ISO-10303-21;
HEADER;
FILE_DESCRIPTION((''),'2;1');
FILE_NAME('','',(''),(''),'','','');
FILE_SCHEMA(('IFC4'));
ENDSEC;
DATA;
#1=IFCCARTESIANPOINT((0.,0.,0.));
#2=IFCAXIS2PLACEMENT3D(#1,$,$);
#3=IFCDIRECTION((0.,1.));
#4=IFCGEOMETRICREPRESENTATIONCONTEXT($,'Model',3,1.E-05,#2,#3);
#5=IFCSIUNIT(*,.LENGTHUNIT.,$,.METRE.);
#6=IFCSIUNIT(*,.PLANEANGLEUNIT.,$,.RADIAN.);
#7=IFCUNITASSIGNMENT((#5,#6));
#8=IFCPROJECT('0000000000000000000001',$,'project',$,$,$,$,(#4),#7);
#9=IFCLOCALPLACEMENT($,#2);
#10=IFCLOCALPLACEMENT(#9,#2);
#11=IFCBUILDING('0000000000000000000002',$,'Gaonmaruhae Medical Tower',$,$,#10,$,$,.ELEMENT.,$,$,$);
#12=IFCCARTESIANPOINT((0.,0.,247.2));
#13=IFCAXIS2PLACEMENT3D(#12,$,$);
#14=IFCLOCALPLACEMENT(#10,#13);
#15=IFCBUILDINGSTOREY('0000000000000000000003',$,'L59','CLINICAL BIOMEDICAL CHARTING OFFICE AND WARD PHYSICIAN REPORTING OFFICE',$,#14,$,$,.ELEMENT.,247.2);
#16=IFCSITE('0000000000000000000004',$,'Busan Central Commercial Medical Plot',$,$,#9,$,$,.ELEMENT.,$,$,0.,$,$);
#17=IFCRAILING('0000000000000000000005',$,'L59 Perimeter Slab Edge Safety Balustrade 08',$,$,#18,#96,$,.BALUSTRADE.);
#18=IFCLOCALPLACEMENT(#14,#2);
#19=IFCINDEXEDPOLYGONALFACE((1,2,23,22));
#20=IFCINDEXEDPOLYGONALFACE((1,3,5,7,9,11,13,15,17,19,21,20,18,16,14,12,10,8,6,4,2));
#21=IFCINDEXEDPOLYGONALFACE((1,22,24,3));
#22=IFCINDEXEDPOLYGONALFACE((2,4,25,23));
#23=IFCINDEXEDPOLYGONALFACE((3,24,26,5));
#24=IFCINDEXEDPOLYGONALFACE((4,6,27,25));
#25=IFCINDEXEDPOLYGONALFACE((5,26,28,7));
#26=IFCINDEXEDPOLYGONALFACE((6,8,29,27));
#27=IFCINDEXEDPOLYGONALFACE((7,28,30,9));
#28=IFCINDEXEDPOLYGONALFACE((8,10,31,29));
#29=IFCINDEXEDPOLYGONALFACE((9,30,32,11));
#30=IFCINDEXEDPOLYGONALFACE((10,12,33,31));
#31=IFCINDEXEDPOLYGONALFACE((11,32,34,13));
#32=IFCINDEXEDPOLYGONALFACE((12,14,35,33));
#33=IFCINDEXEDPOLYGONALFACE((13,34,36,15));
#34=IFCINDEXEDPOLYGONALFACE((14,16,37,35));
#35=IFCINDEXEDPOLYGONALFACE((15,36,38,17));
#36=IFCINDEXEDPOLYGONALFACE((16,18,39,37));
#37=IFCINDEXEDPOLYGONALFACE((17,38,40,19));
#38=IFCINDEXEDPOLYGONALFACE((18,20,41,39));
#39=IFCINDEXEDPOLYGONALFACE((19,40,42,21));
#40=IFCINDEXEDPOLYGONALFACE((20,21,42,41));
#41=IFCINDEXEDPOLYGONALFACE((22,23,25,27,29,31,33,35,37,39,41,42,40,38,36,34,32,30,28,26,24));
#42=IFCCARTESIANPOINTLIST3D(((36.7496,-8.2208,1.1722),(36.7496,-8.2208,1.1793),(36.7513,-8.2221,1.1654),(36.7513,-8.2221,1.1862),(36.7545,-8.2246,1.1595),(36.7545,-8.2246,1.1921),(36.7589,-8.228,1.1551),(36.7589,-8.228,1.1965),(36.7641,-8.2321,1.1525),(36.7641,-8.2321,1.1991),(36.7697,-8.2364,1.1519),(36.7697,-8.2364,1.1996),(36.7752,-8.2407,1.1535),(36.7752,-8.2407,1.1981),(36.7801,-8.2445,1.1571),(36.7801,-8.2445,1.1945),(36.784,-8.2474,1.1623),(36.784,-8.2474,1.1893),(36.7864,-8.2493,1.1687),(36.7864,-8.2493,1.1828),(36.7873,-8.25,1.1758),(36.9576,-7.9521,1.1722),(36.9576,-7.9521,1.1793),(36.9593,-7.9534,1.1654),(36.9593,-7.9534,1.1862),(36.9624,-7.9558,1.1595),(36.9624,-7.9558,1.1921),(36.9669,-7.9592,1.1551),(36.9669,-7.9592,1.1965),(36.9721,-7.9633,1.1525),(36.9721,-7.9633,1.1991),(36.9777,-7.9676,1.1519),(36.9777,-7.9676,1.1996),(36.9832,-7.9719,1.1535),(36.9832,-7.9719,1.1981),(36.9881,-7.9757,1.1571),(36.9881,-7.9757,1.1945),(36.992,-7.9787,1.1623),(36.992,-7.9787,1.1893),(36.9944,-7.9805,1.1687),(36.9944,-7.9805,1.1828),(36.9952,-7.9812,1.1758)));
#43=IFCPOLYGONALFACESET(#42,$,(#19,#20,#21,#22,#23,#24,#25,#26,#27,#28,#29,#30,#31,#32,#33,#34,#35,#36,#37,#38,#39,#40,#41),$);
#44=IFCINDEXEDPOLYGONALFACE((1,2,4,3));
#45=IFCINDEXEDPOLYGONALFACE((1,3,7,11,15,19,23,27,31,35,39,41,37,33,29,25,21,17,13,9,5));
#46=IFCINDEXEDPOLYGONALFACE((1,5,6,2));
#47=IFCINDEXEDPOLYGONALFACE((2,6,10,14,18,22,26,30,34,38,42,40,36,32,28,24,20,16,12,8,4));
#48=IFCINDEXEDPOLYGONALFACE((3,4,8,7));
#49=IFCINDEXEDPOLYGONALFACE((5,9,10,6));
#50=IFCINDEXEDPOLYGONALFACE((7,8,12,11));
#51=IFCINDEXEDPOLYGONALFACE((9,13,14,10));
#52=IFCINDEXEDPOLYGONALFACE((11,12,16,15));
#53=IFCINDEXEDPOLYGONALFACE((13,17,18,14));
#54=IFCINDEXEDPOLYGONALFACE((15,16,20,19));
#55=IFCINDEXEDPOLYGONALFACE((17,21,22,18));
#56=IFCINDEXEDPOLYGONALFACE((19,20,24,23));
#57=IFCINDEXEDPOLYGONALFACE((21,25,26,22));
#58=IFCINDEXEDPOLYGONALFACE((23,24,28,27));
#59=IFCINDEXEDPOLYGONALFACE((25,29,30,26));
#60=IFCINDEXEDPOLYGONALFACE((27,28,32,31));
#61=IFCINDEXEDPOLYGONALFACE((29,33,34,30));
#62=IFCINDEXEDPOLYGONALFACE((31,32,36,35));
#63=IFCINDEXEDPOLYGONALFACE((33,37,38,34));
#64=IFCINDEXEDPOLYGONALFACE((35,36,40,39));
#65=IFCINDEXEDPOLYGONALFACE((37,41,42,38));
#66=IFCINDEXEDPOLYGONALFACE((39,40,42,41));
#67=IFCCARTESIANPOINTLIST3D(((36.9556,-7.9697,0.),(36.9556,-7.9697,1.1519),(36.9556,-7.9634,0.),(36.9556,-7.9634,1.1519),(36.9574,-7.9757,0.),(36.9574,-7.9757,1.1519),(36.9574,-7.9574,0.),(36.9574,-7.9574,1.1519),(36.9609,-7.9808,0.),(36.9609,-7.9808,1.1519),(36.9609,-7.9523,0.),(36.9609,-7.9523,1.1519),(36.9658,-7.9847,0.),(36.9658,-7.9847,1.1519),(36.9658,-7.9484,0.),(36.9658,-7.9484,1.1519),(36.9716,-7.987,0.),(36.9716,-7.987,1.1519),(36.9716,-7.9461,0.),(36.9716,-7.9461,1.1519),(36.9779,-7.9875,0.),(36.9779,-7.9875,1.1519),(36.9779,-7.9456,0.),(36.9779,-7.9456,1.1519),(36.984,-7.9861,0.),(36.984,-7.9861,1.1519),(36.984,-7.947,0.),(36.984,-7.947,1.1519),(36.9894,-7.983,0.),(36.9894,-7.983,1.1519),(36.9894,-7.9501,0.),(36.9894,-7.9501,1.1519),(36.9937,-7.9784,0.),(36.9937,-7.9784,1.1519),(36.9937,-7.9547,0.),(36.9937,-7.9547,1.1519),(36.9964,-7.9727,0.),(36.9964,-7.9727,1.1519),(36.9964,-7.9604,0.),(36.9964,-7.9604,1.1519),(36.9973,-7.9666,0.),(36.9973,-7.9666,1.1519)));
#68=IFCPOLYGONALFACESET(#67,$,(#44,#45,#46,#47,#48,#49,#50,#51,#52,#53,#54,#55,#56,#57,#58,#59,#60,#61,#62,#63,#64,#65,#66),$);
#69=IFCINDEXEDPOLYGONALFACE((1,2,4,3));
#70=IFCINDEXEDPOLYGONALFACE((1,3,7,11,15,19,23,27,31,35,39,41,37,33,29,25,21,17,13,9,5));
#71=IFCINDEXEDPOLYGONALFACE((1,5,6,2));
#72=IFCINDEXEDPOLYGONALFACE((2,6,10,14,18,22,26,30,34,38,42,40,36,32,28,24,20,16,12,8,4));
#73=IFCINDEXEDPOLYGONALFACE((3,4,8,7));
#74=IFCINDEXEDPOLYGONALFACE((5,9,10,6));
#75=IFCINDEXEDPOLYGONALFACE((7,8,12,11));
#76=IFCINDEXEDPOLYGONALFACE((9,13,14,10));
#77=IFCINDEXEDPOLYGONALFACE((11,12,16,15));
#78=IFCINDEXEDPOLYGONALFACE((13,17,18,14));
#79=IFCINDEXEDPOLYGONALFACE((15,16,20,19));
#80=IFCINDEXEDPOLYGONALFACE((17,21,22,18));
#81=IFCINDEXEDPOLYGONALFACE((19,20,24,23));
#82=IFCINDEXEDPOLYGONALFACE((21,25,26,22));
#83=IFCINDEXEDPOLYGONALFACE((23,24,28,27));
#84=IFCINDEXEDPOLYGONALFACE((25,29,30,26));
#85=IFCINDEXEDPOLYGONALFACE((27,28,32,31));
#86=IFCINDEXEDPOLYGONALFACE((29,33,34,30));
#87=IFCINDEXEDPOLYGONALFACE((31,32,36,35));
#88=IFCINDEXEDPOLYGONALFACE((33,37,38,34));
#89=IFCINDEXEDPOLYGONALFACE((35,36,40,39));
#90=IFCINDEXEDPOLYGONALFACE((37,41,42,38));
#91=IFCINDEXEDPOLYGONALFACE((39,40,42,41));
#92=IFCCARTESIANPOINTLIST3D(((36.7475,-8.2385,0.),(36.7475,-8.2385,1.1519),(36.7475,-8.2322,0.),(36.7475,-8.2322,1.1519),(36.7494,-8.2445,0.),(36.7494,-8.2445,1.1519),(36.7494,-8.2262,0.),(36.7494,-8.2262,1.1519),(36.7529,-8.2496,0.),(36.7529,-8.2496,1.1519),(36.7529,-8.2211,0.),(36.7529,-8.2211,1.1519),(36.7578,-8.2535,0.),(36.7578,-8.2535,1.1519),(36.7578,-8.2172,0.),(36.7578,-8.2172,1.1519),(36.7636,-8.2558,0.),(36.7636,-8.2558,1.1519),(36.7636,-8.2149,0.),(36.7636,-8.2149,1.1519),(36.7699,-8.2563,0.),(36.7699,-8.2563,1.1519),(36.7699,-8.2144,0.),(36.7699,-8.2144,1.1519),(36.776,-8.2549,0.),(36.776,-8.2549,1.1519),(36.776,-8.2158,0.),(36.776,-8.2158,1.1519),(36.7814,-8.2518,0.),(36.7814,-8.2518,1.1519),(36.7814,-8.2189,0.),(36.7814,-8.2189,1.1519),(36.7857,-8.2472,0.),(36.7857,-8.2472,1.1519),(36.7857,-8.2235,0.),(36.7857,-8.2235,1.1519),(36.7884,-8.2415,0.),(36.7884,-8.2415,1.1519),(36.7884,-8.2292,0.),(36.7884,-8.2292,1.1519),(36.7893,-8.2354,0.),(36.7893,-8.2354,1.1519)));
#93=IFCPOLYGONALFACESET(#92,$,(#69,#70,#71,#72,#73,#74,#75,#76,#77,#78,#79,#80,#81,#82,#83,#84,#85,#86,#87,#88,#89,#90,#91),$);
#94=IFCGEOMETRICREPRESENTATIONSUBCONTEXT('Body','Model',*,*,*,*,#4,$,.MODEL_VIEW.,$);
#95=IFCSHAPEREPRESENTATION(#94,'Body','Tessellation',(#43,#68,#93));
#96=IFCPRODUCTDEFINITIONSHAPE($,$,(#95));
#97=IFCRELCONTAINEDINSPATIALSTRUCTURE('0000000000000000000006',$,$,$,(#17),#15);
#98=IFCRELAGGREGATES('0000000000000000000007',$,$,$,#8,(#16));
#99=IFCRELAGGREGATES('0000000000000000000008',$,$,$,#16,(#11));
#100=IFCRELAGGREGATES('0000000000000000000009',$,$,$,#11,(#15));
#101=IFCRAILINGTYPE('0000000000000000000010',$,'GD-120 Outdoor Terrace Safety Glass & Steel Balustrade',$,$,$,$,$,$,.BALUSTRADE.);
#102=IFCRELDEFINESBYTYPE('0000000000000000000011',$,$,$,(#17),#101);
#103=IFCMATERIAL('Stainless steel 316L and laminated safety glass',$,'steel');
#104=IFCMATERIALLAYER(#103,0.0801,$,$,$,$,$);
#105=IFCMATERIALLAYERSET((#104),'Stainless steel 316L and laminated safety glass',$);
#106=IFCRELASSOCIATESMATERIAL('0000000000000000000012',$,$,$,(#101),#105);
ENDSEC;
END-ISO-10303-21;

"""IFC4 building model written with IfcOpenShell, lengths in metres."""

from ifc_helpers import new_model, si_unit, direction, frame, origin, origin_2d, place, context, subcontext, project, spatial, circle, extrude, material, layer, layer_set, type_object, element, save


model = new_model("IFC4")

# Units and contexts
model_context = context("Model", 3, precision=1e-05, world=origin(), true_north=direction((0.0, 1.0)))
body_context = subcontext(model_context, "Body", "Model", "MODEL_VIEW")
ifc_project = project(units=[si_unit("LENGTHUNIT", "METRE"), si_unit("PLANEANGLEUNIT", "RADIAN")], contexts=[model_context])

# Site, building, storey
site_placement = place(None, origin())
site = spatial("IfcSite", under=ifc_project, at=site_placement, Name="Busan Central Commercial Medical Plot", CompositionType="ELEMENT", RefElevation=0.0)
building_placement = place(site_placement, origin())
building = spatial("IfcBuilding", under=site, at=building_placement, Name="Gaonmaruhae Medical Tower", CompositionType="ELEMENT")
storey_placement = place(building_placement, frame((0.0, 0.0, 247.2)))
storey = spatial("IfcBuildingStorey", under=building, at=storey_placement, Name="L59", Description="CLINICAL BIOMEDICAL CHARTING OFFICE AND WARD PHYSICIAN REPORTING OFFICE", CompositionType="ELEMENT", Elevation=247.2)

# Railing
ifc_material_1 = material(Name="Stainless steel 316L and laminated safety glass", Category="steel")
ifc_layer_1 = layer(ifc_material_1, 0.0801)
ifc_layer_set_1 = layer_set([ifc_layer_1], Name="Stainless steel 316L and laminated safety glass")
railing_type = type_object("IfcRailingType", Name="GD-120 Outdoor Terrace Safety Glass & Steel Balustrade", PredefinedType="BALUSTRADE", material=ifc_layer_set_1)
railing_1_placement = place(storey_placement, frame((36.9763, -7.9666, 0.0)))
element("IfcRailing", 1, at=railing_1_placement, inside=storey, type_object=railing_type, Name="L59 Perimeter Slab Edge Safety Balustrade 08", PredefinedType="BALUSTRADE", context=body_context, shape_type="SweptSolid", body=[
    extrude(circle(Radius=0.0239, at=origin_2d()), frame((0.0, 0.0, 1.1758), z_axis=(-0.611999, -0.790858, 0.0), x_axis=(0.790858, -0.611999, 0.0)), (0.0, 0.0, 1.0), 0.3398),
    extrude(circle(Radius=0.021, at=origin_2d()), origin(), (0.0, 0.0, 1.0), 1.1519),
    extrude(circle(Radius=0.021, at=origin_2d()), frame((-0.208, -0.2688, 0.0)), (0.0, 0.0, 1.0), 1.1519),
])

save(model, "model.ifc")
